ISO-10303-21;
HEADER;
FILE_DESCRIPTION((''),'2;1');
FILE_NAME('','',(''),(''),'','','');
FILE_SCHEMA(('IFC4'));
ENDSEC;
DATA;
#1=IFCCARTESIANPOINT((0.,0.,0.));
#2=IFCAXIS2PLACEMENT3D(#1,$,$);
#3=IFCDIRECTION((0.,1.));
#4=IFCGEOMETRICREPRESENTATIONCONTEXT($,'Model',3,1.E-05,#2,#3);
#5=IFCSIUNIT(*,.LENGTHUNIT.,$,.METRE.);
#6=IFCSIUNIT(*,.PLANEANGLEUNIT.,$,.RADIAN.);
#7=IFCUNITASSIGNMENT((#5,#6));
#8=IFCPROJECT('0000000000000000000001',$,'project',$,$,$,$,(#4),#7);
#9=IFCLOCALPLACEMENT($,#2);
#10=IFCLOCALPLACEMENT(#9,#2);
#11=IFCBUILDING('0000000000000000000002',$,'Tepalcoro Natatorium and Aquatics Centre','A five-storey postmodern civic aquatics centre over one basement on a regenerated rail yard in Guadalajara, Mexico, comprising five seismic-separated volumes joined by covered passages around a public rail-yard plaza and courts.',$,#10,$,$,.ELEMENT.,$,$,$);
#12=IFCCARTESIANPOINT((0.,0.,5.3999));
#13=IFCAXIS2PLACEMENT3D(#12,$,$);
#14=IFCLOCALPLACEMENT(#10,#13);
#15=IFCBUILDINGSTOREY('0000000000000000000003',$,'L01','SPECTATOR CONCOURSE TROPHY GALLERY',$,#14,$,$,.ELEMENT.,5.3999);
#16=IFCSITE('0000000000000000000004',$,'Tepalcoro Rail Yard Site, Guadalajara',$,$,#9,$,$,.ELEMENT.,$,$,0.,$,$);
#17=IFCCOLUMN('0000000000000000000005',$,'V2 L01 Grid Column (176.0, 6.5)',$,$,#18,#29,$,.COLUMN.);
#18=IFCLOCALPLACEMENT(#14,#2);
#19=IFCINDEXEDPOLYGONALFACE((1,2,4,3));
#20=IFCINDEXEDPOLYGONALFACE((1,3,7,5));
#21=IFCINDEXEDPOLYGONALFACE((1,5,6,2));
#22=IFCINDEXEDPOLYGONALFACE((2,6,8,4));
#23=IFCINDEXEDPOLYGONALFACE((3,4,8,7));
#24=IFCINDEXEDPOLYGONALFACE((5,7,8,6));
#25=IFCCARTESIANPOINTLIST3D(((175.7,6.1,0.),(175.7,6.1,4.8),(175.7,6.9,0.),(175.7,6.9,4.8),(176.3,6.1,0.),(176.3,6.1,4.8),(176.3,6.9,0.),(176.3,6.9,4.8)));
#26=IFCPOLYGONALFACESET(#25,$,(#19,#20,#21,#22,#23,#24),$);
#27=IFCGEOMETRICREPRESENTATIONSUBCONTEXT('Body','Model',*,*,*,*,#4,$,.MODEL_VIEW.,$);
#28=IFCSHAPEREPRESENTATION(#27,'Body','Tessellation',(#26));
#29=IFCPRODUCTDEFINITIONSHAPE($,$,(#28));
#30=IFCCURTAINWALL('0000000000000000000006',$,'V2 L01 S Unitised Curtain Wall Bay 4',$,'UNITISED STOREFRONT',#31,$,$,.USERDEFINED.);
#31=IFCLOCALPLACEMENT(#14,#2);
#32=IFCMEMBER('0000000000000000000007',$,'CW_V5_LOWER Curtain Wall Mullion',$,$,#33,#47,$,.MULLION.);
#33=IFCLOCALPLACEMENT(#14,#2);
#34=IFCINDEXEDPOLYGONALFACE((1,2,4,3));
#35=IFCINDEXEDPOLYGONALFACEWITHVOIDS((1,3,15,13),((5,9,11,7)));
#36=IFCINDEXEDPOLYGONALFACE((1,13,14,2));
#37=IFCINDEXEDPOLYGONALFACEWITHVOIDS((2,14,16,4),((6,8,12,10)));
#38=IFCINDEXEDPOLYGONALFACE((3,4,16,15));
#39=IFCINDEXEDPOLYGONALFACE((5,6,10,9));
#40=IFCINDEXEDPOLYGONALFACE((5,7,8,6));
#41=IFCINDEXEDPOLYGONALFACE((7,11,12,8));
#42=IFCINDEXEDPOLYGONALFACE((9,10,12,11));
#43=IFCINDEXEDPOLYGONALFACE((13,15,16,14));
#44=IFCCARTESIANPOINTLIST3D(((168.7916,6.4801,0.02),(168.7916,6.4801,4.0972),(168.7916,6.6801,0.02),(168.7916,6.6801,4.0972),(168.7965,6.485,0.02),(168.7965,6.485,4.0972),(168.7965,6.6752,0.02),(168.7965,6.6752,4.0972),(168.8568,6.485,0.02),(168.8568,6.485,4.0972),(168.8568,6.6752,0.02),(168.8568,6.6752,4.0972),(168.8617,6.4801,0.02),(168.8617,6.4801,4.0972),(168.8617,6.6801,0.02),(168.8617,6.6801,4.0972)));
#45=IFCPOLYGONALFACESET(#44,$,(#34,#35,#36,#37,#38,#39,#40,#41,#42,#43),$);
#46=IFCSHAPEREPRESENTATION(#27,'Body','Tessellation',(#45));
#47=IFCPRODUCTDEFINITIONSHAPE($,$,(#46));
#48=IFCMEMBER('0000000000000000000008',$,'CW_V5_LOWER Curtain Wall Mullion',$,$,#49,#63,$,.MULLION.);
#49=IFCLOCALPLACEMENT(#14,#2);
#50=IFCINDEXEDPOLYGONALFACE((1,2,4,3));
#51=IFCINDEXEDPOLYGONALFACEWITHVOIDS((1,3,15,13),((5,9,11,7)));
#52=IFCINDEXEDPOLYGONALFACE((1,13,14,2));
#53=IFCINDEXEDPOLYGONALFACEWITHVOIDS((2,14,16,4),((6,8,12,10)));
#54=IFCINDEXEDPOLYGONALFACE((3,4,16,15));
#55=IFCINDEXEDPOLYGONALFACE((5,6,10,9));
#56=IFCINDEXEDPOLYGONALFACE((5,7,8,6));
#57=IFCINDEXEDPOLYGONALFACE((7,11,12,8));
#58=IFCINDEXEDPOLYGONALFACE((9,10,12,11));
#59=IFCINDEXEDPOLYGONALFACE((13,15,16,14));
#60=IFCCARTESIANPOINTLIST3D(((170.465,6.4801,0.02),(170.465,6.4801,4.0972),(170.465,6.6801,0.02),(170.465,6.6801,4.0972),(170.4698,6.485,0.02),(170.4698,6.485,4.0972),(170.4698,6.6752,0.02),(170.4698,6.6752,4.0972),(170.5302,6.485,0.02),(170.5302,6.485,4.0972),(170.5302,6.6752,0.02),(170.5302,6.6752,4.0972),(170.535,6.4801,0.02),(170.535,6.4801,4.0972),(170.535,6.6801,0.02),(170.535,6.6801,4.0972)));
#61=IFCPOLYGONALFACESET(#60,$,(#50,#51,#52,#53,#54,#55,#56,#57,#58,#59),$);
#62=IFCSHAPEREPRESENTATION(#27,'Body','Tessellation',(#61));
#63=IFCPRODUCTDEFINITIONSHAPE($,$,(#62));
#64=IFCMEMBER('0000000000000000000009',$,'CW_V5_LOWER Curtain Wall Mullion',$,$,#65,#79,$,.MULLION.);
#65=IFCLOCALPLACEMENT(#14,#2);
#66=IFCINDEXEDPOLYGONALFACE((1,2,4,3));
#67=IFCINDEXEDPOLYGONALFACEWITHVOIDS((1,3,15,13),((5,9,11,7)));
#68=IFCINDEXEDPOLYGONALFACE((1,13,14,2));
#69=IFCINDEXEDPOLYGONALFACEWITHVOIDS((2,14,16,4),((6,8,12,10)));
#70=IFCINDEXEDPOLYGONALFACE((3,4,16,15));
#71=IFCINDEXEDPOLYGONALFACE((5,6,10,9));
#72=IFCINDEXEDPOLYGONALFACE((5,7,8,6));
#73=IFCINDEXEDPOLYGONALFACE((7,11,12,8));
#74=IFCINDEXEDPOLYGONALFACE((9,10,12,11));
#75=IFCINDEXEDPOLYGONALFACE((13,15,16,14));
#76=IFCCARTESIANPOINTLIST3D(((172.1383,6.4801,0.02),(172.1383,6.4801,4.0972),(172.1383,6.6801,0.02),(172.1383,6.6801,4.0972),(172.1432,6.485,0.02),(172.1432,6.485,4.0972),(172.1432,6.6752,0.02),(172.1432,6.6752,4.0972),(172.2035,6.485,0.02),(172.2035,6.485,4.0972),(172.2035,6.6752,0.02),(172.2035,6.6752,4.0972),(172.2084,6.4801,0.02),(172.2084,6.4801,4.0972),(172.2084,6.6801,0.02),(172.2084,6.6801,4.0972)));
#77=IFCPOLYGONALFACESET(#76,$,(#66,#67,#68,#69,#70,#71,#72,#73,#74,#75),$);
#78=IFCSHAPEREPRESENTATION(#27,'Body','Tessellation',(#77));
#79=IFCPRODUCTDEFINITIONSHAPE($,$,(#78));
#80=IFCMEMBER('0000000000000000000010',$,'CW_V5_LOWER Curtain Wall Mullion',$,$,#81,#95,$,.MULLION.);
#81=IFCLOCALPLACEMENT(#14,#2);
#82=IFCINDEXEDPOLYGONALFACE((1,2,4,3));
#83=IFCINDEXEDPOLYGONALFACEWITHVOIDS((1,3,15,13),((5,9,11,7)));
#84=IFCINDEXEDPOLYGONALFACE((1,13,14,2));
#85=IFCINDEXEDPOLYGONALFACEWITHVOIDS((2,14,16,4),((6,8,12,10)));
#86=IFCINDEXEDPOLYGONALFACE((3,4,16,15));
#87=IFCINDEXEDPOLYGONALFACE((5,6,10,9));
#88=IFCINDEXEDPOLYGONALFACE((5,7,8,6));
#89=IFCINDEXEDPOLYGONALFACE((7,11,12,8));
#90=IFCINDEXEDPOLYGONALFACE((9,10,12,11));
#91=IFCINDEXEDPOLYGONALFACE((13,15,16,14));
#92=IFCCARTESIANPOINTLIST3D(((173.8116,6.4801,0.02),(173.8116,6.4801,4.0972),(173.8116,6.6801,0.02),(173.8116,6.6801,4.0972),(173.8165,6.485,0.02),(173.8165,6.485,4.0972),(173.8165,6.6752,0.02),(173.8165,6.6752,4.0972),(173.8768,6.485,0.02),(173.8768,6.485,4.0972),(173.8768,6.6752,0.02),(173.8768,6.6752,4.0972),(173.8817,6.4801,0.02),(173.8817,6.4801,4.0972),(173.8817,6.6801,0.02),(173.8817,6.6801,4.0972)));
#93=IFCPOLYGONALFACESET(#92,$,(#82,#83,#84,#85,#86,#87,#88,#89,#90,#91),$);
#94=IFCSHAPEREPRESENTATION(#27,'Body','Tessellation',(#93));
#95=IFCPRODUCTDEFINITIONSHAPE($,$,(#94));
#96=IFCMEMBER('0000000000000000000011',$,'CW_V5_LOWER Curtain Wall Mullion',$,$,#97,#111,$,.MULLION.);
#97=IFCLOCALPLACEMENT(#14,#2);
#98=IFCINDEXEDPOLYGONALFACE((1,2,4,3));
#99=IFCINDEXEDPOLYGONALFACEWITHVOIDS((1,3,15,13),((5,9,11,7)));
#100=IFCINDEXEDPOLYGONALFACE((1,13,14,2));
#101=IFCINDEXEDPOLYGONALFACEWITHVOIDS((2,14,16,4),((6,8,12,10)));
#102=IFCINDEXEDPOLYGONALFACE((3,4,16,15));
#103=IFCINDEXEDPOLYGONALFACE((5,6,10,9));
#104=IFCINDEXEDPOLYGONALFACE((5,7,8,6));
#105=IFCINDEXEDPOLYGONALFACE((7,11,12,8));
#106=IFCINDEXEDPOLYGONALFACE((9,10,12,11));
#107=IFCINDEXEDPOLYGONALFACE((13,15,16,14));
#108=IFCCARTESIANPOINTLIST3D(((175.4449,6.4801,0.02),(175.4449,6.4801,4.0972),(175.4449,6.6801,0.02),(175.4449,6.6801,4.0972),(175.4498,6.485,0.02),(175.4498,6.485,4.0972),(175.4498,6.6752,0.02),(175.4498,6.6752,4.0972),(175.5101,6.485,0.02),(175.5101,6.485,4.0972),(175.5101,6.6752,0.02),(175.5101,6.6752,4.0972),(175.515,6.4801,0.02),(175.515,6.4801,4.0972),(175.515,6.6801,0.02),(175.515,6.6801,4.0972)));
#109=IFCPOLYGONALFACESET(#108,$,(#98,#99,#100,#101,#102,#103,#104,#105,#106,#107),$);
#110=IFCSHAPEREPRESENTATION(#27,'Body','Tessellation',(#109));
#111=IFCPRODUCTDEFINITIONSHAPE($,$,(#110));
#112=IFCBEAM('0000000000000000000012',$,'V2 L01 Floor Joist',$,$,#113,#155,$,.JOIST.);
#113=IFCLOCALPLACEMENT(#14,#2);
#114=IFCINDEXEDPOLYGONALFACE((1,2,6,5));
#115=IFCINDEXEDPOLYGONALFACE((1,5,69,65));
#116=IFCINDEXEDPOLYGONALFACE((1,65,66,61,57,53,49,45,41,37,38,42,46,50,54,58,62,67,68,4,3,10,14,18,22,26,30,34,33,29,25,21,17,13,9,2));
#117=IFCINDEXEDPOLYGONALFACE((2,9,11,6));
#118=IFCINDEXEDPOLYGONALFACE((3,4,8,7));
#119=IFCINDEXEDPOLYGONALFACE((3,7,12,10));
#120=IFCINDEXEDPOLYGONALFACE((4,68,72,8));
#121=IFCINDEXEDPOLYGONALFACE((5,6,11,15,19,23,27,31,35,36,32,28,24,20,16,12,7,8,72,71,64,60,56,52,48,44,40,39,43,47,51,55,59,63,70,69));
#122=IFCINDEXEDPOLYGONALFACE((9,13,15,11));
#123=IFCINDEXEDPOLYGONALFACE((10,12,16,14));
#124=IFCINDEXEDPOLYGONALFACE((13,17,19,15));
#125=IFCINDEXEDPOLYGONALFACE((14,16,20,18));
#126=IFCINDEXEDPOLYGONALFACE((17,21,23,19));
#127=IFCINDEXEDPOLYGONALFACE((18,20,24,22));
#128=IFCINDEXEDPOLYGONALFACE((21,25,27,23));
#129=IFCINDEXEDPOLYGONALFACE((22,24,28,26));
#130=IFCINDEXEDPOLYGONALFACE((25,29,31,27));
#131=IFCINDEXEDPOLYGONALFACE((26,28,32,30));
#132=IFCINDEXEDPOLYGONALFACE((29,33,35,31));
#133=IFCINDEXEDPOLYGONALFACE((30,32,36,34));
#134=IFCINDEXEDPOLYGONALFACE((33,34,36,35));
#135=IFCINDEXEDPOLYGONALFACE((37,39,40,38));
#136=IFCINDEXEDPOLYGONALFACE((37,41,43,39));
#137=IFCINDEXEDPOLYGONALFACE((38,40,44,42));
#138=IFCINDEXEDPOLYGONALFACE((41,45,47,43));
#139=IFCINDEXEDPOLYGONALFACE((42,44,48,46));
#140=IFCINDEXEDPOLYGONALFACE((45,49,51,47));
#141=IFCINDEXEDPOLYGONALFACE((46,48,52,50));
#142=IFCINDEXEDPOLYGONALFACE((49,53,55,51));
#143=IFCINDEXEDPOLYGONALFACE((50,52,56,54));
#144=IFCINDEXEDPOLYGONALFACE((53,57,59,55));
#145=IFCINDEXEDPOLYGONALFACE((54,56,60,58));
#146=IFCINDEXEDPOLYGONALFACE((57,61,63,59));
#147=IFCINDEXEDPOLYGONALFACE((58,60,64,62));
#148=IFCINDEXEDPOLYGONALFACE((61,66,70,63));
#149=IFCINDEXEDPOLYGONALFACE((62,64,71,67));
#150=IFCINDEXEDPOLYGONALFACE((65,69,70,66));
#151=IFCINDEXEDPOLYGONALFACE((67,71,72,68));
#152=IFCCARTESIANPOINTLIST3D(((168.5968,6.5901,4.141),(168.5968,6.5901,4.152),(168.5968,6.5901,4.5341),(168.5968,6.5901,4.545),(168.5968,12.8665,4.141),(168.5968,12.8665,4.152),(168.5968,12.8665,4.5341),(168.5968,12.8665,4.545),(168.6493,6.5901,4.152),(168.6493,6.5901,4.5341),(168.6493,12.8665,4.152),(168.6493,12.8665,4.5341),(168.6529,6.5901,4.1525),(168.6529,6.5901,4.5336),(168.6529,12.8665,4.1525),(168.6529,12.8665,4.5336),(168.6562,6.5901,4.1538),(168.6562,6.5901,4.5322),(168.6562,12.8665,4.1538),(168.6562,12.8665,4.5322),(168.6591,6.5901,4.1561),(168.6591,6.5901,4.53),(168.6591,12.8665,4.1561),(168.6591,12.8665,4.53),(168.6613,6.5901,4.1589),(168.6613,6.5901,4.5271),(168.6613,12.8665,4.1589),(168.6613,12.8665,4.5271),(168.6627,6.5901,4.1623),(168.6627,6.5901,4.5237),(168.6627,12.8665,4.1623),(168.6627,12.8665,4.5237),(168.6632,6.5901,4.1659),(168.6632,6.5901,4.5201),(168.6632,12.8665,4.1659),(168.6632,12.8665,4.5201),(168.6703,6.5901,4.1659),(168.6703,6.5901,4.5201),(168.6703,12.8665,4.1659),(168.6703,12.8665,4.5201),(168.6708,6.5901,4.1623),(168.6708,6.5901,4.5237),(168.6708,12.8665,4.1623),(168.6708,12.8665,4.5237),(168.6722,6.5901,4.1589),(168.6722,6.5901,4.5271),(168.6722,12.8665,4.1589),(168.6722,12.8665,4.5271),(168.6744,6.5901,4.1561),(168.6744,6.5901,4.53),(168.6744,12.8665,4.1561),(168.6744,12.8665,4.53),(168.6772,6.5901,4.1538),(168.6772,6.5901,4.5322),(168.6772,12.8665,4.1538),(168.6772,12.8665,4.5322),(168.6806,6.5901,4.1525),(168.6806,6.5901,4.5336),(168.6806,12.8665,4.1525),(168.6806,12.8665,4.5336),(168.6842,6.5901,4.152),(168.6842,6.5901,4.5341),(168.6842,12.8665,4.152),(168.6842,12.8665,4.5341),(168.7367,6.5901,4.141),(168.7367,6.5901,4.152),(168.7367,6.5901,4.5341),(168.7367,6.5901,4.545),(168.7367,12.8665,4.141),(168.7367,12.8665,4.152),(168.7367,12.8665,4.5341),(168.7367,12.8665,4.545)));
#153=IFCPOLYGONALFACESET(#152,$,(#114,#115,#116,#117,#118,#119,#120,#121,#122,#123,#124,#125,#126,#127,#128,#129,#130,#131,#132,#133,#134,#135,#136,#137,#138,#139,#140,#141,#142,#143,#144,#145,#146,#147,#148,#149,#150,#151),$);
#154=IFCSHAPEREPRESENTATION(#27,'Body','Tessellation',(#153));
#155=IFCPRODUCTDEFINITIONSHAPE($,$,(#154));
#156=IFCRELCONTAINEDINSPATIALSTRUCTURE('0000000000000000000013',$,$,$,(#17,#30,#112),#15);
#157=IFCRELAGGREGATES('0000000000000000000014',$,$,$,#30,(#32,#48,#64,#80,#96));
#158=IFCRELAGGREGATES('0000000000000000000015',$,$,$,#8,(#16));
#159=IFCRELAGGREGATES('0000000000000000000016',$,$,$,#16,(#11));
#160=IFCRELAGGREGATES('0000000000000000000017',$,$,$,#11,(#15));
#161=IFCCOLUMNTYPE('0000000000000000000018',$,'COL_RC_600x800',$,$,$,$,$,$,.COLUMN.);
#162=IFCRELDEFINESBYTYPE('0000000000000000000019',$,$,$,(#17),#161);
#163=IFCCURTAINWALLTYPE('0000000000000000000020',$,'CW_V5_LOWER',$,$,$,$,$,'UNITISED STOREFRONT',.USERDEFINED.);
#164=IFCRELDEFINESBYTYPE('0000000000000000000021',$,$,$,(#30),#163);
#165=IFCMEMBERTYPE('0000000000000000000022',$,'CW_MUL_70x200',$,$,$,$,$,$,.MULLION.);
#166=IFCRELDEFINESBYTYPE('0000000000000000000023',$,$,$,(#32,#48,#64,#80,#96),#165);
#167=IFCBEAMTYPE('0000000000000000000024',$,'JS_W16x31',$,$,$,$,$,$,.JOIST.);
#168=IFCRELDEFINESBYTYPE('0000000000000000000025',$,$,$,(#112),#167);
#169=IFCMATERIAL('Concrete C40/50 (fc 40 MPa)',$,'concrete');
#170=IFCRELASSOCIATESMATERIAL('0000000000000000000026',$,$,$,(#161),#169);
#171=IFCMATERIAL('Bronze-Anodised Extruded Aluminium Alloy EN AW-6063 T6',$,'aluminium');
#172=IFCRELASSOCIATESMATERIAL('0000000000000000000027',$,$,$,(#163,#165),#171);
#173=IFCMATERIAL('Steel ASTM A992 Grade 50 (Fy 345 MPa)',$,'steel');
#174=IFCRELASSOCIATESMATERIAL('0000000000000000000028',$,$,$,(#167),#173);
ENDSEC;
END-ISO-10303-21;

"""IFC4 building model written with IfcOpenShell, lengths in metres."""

from ifc_helpers import new_model, si_unit, direction, frame, origin, origin_2d, place, context, subcontext, project, spatial, rectangle, hollow_rectangle, i_section, extrude, material, material_profile, profile_set, type_object, element, aggregate, save


model = new_model("IFC4")

# Units and contexts
model_context = context("Model", 3, precision=1e-05, world=origin(), true_north=direction((0.0, 1.0)))
body_context = subcontext(model_context, "Body", "Model", "MODEL_VIEW")
ifc_project = project(units=[si_unit("LENGTHUNIT", "METRE"), si_unit("PLANEANGLEUNIT", "RADIAN")], contexts=[model_context])

# Site, building, storey
site_placement = place(None, origin())
site = spatial("IfcSite", under=ifc_project, at=site_placement, Name="Tepalcoro Rail Yard Site, Guadalajara", CompositionType="ELEMENT", RefElevation=0.0)
building_placement = place(site_placement, origin())
building = spatial("IfcBuilding", under=site, at=building_placement, Name="Tepalcoro Natatorium and Aquatics Centre", Description="A five-storey postmodern civic aquatics centre over one basement on a regenerated rail yard in Guadalajara, Mexico, comprising five seismic-separated volumes joined by covered passages around a public rail-yard plaza and courts.", CompositionType="ELEMENT")
storey_placement = place(building_placement, frame((0.0, 0.0, 5.3999)))
storey = spatial("IfcBuildingStorey", under=building, at=storey_placement, Name="L01", Description="SPECTATOR CONCOURSE TROPHY GALLERY", CompositionType="ELEMENT", Elevation=5.3999)

# Column
ifc_material_1 = material(Name="Concrete C40/50 (fc 40 MPa)", Category="concrete")
ifc_material_profile_1 = material_profile(ifc_material_1, rectangle(XDim=0.6001, YDim=0.8, at=origin_2d()), Name="RC600x800")
ifc_profile_set_1 = profile_set([ifc_material_profile_1], Name="Concrete C40/50 (fc 40 MPa)")
column_type = type_object("IfcColumnType", Name="COL_RC_600x800", PredefinedType="COLUMN", material=ifc_profile_set_1)
column_placement = place(storey_placement, frame((176.0, 6.5, 0.0), z_axis=(0.0, 0.0, 1.0), x_axis=(1.0, 0.0, 0.0)))
element("IfcColumn", 1, at=column_placement, inside=storey, type_object=column_type, Name="V2 L01 Grid Column (176.0, 6.5)", PredefinedType="COLUMN", context=body_context, shape_type="SweptSolid", body=[
    extrude(rectangle(XDim=0.6001, YDim=0.8, at=origin_2d()), origin(), (0.0, 0.0, 1.0), 4.8),
])

# Curtain wall, members
ifc_material_2 = material(Name="Bronze-Anodised Extruded Aluminium Alloy EN AW-6063 T6", Category="aluminium")
curtain_wall_type = type_object("IfcCurtainWallType", Name="CW_V5_LOWER", ElementType="UNITISED STOREFRONT", PredefinedType="USERDEFINED", material=ifc_material_2)
curtain_wall_placement = place(storey_placement, origin())
curtain_wall = element("IfcCurtainWall", 2, at=curtain_wall_placement, inside=storey, type_object=curtain_wall_type, Name="V2 L01 S Unitised Curtain Wall Bay 4", ObjectType="UNITISED STOREFRONT", PredefinedType="USERDEFINED")
ifc_material_profile_2 = material_profile(ifc_material_2, hollow_rectangle(XDim=0.0701, YDim=0.2, WallThickness=0.0049, at=origin_2d()), Name="AL70X200X5")
ifc_profile_set_2 = profile_set([ifc_material_profile_2], Name="Bronze-Anodised Extruded Aluminium Alloy EN AW-6063 T6")
member_type_1 = type_object("IfcMemberType", Name="CW_MUL_70x200", PredefinedType="MULLION", material=ifc_profile_set_2)
member_1_placement = place(storey_placement, frame((168.8267, 6.5801, 0.02), z_axis=(0.0, 0.0, 1.0), x_axis=(1.0, 0.0, 0.0)))
member_1 = element("IfcMember", 3, at=member_1_placement, type_object=member_type_1, Name="CW_V5_LOWER Curtain Wall Mullion", PredefinedType="MULLION", context=body_context, shape_type="SweptSolid", body=[
    extrude(hollow_rectangle(XDim=0.0701, YDim=0.2, WallThickness=0.0049, at=origin_2d()), origin(), (0.0, 0.0, 1.0), 4.0771),
])
member_2_placement = place(storey_placement, frame((170.5, 6.5801, 0.02), z_axis=(0.0, 0.0, 1.0), x_axis=(1.0, 0.0, 0.0)))
member_2 = element("IfcMember", 4, at=member_2_placement, type_object=member_type_1, Name="CW_V5_LOWER Curtain Wall Mullion", PredefinedType="MULLION", context=body_context, shape_type="SweptSolid", body=[
    extrude(hollow_rectangle(XDim=0.0701, YDim=0.2, WallThickness=0.0049, at=origin_2d()), origin(), (0.0, 0.0, 1.0), 4.0771),
])
member_3_placement = place(storey_placement, frame((172.1733, 6.5801, 0.02), z_axis=(0.0, 0.0, 1.0), x_axis=(1.0, 0.0, 0.0)))
member_3 = element("IfcMember", 5, at=member_3_placement, type_object=member_type_1, Name="CW_V5_LOWER Curtain Wall Mullion", PredefinedType="MULLION", context=body_context, shape_type="SweptSolid", body=[
    extrude(hollow_rectangle(XDim=0.0701, YDim=0.2, WallThickness=0.0049, at=origin_2d()), origin(), (0.0, 0.0, 1.0), 4.0771),
])
member_4_placement = place(storey_placement, frame((173.8467, 6.5801, 0.02), z_axis=(0.0, 0.0, 1.0), x_axis=(1.0, 0.0, 0.0)))
member_4 = element("IfcMember", 6, at=member_4_placement, type_object=member_type_1, Name="CW_V5_LOWER Curtain Wall Mullion", PredefinedType="MULLION", context=body_context, shape_type="SweptSolid", body=[
    extrude(hollow_rectangle(XDim=0.0701, YDim=0.2, WallThickness=0.0049, at=origin_2d()), origin(), (0.0, 0.0, 1.0), 4.0771),
])
member_5_placement = place(storey_placement, frame((175.48, 6.5801, 0.02), z_axis=(0.0, 0.0, 1.0), x_axis=(1.0, 0.0, 0.0)))
member_5 = element("IfcMember", 7, at=member_5_placement, type_object=member_type_1, Name="CW_V5_LOWER Curtain Wall Mullion", PredefinedType="MULLION", context=body_context, shape_type="SweptSolid", body=[
    extrude(hollow_rectangle(XDim=0.0701, YDim=0.2, WallThickness=0.0049, at=origin_2d()), origin(), (0.0, 0.0, 1.0), 4.0771),
])

# Beam
ifc_material_3 = material(Name="Steel ASTM A992 Grade 50 (Fy 345 MPa)", Category="steel")
ifc_material_profile_3 = material_profile(ifc_material_3, i_section(OverallWidth=0.1399, OverallDepth=0.4041, WebThickness=0.0071, FlangeThickness=0.011, FilletRadius=0.0139, at=origin_2d()), Name="W16X31")
ifc_profile_set_3 = profile_set([ifc_material_profile_3], Name="Steel ASTM A992 Grade 50 (Fy 345 MPa)")
beam_type_1 = type_object("IfcBeamType", Name="JS_W16x31", PredefinedType="JOIST", material=ifc_profile_set_3)
beam_1_placement = place(storey_placement, frame((168.6667, 6.5901, 4.343), z_axis=(0.0, 1.0, 0.0), x_axis=(-1.0, 0.0, 0.0)))
element("IfcBeam", 8, at=beam_1_placement, inside=storey, type_object=beam_type_1, Name="V2 L01 Floor Joist", PredefinedType="JOIST", context=body_context, shape_type="SweptSolid", body=[
    extrude(i_section(OverallWidth=0.1399, OverallDepth=0.4041, WebThickness=0.0071, FlangeThickness=0.011, FilletRadius=0.0139, at=origin_2d()), origin(), (0.0, 0.0, 1.0), 6.2764),
])

aggregate(curtain_wall, [member_1, member_2, member_3, member_4, member_5])

save(model, "model.ifc")
